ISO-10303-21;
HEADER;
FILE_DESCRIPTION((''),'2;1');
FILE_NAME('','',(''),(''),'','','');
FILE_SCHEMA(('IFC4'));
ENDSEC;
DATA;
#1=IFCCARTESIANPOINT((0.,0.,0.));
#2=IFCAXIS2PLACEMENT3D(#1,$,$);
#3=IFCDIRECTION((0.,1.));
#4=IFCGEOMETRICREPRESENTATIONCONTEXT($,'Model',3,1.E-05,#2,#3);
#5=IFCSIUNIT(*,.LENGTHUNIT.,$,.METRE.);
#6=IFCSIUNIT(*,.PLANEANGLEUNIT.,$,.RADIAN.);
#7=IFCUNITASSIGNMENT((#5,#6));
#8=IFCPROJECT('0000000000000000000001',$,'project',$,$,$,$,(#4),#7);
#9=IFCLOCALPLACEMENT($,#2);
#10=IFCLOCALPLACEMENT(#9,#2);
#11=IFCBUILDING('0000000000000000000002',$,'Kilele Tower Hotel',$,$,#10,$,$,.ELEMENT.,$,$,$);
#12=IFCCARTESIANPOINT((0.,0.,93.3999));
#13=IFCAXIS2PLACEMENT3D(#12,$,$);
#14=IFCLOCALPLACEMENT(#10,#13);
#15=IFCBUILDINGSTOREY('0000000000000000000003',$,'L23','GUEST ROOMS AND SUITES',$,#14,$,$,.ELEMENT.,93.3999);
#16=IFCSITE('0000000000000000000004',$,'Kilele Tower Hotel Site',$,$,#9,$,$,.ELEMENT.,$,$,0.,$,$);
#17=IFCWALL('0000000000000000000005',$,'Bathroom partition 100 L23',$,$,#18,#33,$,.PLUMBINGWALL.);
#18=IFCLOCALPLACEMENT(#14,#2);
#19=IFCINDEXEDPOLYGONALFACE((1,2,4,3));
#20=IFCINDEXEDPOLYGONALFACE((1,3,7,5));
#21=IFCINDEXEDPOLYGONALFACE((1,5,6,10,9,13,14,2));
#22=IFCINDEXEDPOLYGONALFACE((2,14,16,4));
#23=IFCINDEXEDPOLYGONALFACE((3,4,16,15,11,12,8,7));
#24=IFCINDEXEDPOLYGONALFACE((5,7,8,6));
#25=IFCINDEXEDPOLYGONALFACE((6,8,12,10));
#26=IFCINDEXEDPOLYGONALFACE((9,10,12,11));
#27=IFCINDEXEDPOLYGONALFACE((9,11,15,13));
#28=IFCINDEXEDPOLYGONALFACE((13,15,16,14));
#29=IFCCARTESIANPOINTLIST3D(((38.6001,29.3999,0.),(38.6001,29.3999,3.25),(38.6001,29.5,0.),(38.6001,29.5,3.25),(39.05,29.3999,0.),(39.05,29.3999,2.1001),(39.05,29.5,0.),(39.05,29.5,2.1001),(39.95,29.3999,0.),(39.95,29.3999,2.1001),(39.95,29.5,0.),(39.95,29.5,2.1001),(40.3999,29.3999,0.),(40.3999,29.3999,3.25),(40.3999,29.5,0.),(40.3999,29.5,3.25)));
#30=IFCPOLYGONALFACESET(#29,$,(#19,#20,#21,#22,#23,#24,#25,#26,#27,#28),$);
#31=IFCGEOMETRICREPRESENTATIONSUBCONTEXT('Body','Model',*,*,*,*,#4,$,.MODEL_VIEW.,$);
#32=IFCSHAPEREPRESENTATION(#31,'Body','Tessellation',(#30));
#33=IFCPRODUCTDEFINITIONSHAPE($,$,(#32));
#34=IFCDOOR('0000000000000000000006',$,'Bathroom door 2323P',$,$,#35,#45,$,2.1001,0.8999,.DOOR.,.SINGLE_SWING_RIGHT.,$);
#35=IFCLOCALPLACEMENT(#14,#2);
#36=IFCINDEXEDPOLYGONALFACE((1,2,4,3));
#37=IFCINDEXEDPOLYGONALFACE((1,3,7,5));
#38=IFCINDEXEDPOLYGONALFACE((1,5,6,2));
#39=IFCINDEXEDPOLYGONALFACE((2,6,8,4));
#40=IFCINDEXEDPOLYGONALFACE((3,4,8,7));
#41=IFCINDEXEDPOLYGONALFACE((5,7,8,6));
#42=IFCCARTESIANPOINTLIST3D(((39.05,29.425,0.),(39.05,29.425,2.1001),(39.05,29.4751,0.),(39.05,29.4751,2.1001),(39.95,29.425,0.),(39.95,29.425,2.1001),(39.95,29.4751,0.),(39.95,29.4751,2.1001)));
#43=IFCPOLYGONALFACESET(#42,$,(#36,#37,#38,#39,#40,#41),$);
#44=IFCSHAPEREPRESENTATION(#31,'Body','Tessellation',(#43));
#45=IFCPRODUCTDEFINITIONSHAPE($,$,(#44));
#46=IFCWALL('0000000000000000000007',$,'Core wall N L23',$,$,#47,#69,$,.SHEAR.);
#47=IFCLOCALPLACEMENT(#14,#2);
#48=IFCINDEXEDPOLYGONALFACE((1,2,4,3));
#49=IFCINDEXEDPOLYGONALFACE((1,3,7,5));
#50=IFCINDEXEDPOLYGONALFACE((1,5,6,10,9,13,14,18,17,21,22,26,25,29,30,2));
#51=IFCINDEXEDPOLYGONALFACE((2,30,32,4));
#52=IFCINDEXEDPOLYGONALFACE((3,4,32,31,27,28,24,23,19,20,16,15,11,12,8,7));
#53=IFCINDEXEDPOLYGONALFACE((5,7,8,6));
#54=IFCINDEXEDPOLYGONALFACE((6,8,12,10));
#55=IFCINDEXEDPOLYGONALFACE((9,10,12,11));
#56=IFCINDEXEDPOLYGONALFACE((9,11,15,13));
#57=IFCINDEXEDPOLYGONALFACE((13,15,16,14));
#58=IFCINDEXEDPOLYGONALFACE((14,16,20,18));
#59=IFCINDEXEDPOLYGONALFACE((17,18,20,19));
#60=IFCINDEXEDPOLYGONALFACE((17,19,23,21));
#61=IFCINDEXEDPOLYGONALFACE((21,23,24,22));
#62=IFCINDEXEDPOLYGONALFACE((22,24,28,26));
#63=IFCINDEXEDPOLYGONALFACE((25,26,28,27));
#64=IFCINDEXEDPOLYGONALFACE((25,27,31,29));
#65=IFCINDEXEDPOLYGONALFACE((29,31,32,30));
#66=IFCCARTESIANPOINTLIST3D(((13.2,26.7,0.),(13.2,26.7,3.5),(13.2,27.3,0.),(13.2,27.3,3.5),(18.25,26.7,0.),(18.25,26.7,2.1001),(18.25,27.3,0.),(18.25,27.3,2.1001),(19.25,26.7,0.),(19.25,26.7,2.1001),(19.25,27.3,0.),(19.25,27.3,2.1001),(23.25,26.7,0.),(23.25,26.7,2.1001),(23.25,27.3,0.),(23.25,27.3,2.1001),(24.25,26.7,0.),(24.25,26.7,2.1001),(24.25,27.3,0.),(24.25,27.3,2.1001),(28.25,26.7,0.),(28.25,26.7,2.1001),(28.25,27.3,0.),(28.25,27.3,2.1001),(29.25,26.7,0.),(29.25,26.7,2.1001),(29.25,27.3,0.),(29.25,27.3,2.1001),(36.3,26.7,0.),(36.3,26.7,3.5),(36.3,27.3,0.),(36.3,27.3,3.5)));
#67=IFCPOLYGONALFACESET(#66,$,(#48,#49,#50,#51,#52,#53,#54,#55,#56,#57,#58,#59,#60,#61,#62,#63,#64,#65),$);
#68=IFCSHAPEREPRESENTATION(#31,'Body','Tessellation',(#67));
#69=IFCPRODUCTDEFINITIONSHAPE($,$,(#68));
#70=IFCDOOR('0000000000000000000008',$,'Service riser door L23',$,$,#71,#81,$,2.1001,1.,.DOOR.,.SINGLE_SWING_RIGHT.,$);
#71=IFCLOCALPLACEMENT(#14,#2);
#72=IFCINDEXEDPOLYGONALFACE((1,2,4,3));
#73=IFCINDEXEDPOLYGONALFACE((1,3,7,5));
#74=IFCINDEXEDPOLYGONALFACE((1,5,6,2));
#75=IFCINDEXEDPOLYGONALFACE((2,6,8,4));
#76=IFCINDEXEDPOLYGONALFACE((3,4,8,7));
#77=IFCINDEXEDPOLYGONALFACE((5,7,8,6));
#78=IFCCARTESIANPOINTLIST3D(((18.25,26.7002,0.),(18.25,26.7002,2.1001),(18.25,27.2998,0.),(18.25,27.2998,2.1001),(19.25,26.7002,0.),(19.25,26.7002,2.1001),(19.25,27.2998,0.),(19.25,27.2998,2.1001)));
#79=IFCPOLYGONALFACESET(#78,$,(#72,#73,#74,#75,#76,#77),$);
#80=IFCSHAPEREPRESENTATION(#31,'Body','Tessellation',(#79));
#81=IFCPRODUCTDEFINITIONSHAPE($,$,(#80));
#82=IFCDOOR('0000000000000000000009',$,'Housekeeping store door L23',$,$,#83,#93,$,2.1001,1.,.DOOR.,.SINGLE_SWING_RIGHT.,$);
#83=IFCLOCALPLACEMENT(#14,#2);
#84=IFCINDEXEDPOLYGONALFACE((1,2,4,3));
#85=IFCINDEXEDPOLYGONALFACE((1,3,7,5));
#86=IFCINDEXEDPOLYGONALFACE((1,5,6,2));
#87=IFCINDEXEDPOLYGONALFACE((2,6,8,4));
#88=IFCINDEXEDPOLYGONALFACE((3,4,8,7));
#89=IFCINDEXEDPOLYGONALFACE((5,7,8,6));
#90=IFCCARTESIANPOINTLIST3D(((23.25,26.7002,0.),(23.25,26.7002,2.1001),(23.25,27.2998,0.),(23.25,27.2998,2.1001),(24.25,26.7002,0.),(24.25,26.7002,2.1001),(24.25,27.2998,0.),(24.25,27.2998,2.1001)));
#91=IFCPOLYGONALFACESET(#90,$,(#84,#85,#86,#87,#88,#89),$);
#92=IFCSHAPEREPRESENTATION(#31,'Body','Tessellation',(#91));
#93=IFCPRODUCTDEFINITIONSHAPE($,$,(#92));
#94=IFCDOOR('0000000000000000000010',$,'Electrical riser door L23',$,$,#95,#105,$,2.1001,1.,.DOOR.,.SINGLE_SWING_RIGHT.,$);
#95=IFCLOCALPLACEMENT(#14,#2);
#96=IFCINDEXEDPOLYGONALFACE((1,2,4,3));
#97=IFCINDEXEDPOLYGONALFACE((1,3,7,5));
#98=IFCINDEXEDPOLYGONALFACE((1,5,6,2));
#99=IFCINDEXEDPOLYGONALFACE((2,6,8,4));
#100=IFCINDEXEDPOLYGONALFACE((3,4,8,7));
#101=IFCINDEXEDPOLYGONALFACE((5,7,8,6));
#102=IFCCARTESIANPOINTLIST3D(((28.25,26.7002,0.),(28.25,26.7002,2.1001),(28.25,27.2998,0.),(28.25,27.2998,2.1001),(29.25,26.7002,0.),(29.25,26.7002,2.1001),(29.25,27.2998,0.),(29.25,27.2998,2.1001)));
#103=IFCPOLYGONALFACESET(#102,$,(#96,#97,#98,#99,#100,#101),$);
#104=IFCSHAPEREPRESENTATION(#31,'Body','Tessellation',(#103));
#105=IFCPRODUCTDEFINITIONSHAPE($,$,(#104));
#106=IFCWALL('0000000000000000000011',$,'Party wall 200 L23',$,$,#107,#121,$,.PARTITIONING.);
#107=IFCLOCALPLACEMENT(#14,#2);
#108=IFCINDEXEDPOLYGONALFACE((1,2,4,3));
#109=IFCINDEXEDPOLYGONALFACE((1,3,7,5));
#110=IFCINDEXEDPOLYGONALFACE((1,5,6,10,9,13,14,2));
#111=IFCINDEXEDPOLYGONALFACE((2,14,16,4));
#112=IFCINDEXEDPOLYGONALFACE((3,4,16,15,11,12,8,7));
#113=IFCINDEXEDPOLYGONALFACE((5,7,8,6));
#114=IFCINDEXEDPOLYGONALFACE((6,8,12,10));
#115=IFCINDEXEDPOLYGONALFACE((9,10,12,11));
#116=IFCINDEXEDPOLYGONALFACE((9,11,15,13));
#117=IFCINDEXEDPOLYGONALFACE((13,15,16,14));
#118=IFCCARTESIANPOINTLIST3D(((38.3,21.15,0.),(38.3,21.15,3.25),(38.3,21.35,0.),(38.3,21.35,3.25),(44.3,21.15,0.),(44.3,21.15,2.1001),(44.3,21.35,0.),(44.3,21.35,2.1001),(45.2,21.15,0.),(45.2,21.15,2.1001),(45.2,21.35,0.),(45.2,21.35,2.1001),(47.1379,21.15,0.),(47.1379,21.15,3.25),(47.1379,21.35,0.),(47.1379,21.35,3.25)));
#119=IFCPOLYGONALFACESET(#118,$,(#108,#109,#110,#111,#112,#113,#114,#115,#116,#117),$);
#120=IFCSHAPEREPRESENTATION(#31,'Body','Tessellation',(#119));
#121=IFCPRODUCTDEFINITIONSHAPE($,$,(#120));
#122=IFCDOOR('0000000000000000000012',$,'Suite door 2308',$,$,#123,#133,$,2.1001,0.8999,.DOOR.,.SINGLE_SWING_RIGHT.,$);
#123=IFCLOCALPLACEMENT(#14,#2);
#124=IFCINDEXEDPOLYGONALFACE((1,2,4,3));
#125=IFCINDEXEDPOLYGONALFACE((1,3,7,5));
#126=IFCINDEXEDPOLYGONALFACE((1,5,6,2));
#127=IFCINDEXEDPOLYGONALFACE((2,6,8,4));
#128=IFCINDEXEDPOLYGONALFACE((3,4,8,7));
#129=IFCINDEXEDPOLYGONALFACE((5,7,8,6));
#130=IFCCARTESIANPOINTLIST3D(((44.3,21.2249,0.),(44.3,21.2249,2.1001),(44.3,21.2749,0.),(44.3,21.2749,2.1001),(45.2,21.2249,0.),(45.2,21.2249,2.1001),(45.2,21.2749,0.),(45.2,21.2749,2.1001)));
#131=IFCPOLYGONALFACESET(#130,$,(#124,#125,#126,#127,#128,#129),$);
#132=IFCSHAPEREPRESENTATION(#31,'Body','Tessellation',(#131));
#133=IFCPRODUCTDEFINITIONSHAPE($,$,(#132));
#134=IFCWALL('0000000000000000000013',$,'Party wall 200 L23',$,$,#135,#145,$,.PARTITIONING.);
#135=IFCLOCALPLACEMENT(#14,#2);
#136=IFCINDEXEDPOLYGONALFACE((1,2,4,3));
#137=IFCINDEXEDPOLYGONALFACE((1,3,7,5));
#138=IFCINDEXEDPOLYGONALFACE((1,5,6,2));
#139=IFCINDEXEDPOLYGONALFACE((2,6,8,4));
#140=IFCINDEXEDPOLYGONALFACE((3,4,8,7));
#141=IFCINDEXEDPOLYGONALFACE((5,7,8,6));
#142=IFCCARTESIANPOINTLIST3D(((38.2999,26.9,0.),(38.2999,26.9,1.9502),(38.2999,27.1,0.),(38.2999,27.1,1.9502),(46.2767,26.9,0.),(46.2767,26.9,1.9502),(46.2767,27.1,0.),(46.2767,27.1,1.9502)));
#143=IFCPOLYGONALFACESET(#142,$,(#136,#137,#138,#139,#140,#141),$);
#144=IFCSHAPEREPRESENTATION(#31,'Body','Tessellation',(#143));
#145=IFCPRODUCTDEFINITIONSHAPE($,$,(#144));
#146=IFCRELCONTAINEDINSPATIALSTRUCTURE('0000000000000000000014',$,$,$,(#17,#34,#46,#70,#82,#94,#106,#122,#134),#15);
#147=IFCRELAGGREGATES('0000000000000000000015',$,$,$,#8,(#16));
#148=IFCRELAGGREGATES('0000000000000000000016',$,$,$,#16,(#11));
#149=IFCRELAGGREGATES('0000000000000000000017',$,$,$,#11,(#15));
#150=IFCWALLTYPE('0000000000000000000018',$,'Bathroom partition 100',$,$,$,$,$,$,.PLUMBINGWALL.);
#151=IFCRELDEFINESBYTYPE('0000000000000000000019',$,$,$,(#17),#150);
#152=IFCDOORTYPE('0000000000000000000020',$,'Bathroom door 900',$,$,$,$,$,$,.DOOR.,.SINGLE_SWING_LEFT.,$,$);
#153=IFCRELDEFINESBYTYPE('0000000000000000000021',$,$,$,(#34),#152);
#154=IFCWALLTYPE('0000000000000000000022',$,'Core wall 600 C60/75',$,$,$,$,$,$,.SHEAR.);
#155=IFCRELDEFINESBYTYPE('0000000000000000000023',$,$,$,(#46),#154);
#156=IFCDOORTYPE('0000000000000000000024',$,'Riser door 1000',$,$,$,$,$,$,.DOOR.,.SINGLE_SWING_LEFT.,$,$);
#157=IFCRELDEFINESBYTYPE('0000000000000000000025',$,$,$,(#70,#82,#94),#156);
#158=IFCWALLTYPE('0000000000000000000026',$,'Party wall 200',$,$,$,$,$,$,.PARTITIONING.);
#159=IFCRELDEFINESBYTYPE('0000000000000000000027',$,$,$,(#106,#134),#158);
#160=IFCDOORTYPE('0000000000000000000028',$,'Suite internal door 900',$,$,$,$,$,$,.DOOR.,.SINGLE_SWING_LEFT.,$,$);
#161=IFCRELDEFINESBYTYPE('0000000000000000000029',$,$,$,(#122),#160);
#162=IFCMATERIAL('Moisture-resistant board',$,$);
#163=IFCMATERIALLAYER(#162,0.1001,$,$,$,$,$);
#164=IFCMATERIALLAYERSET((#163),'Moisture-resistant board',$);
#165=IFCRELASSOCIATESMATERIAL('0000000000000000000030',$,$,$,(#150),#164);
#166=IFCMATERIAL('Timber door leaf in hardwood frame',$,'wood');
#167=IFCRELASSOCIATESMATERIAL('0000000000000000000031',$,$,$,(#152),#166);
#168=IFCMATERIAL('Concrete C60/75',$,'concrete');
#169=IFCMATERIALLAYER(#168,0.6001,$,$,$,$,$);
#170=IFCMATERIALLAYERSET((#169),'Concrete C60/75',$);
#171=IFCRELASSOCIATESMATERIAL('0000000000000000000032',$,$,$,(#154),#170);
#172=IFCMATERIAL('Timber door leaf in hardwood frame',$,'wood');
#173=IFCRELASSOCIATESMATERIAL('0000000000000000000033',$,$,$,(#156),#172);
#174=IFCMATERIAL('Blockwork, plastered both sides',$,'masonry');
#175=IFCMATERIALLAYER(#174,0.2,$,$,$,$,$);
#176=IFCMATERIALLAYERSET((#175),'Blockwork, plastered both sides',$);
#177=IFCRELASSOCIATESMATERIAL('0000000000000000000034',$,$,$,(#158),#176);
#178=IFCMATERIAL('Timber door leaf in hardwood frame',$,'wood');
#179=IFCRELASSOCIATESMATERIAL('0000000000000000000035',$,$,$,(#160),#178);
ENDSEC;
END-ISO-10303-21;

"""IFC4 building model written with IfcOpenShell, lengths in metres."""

from ifc_helpers import new_model, si_unit, direction, frame, frame_2d, origin, place, context, subcontext, project, spatial, rectangle, extrude, material, layer, layer_set, type_object, element, fill, save


model = new_model("IFC4")

# Units and contexts
model_context = context("Model", 3, precision=1e-05, world=origin(), true_north=direction((0.0, 1.0)))
body_context = subcontext(model_context, "Body", "Model", "MODEL_VIEW")
ifc_project = project(units=[si_unit("LENGTHUNIT", "METRE"), si_unit("PLANEANGLEUNIT", "RADIAN")], contexts=[model_context])

# Site, building, storey
site_placement = place(None, origin())
site = spatial("IfcSite", under=ifc_project, at=site_placement, Name="Kilele Tower Hotel Site", CompositionType="ELEMENT", RefElevation=0.0)
building_placement = place(site_placement, origin())
building = spatial("IfcBuilding", under=site, at=building_placement, Name="Kilele Tower Hotel", CompositionType="ELEMENT")
storey_placement = place(building_placement, frame((0.0, 0.0, 93.3999)))
storey = spatial("IfcBuildingStorey", under=building, at=storey_placement, Name="L23", Description="GUEST ROOMS AND SUITES", CompositionType="ELEMENT", Elevation=93.3999)

# Shared definitions
ifc_material_1 = material(Name="Moisture-resistant board")
ifc_layer_1 = layer(ifc_material_1, 0.1001)
ifc_layer_set_1 = layer_set([ifc_layer_1], Name="Moisture-resistant board")
wall_type_1 = type_object("IfcWallType", Name="Bathroom partition 100", PredefinedType="PLUMBINGWALL", material=ifc_layer_set_1)

# Shared definitions
ifc_material_2 = material(Name="Timber door leaf in hardwood frame", Category="wood")
door_type_1 = type_object("IfcDoorType", Name="Bathroom door 900", OperationType="SINGLE_SWING_LEFT", PredefinedType="DOOR", material=ifc_material_2)

# Wall, opening, door
wall_1_placement = place(storey_placement, frame((38.6001, 29.45, 0.0), z_axis=(0.0, 0.0, 1.0), x_axis=(1.0, 0.0, 0.0)))
wall_1 = element("IfcWall", 1, at=wall_1_placement, inside=storey, type_object=wall_type_1, Name="Bathroom partition 100 L23", PredefinedType="PLUMBINGWALL", context=body_context, shape_type="SweptSolid", body=[
    extrude(rectangle(XDim=1.7998, YDim=0.1001, at=frame_2d((0.8999, 0.0))), origin(), (0.0, 0.0, 1.0), 3.25),
])
opening_1_placement = place(wall_1_placement, frame((1.3499, 0.0, 0.0), z_axis=(0.0, 0.0, 1.0), x_axis=(-1.0, 0.0, 0.0)))
opening_1 = element("IfcOpeningElement", 2, at=opening_1_placement, cuts=wall_1, PredefinedType="OPENING", context=body_context, shape_type="SweptSolid", body=[
    extrude(rectangle(XDim=0.8999, YDim=2.1001, at=frame_2d((0.45, 1.05))), frame((0.0, 0.0601, 0.0), z_axis=(0.0, -1.0, 0.0), x_axis=(1.0, 0.0, 0.0)), (0.0, 0.0, 1.0), 0.1201),
])
door_1_placement = place(opening_1_placement, origin())
door_1 = element("IfcDoor", 3, at=door_1_placement, inside=storey, type_object=door_type_1, Name="Bathroom door 2323P", OperationType="SINGLE_SWING_RIGHT", OverallHeight=2.1001, OverallWidth=0.8999, PredefinedType="DOOR", context=body_context, shape_type="SweptSolid", body=[
    extrude(rectangle(XDim=0.8999, YDim=2.1001, at=frame_2d((0.45, 1.05))), frame((0.0, 0.0249, 0.0), z_axis=(0.0, -1.0, 0.0), x_axis=(1.0, 0.0, 0.0)), (0.0, 0.0, 1.0), 0.05),
])
fill(opening_1, door_1)

# Wall, openings, doors
ifc_material_3 = material(Name="Concrete C60/75", Category="concrete")
ifc_layer_2 = layer(ifc_material_3, 0.6001)
ifc_layer_set_2 = layer_set([ifc_layer_2], Name="Concrete C60/75")
wall_type_2 = type_object("IfcWallType", Name="Core wall 600 C60/75", PredefinedType="SHEAR", material=ifc_layer_set_2)
wall_2_placement = place(storey_placement, frame((36.3, 27.0, 0.0), z_axis=(0.0, 0.0, 1.0), x_axis=(-1.0, 0.0, 0.0)))
wall_2 = element("IfcWall", 4, at=wall_2_placement, inside=storey, type_object=wall_type_2, Name="Core wall N L23", PredefinedType="SHEAR", context=body_context, shape_type="SweptSolid", body=[
    extrude(rectangle(XDim=23.1001, YDim=0.6001, at=frame_2d((11.55, 0.0))), origin(), (0.0, 0.0, 1.0), 3.5),
])
opening_2_placement = place(wall_2_placement, frame((17.05, 0.0, 0.0)))
opening_2 = element("IfcOpeningElement", 5, at=opening_2_placement, cuts=wall_2, PredefinedType="OPENING", context=body_context, shape_type="SweptSolid", body=[
    extrude(rectangle(XDim=1.0, YDim=2.1001, at=frame_2d((0.5, 1.05))), frame((0.0, 0.3101, 0.0), z_axis=(0.0, -1.0, 0.0), x_axis=(1.0, 0.0, 0.0)), (0.0, 0.0, 1.0), 0.6201),
])
opening_3_placement = place(wall_2_placement, frame((12.05, 0.0, 0.0)))
opening_3 = element("IfcOpeningElement", 6, at=opening_3_placement, cuts=wall_2, PredefinedType="OPENING", context=body_context, shape_type="SweptSolid", body=[
    extrude(rectangle(XDim=1.0, YDim=2.1001, at=frame_2d((0.5, 1.05))), frame((0.0, 0.3101, 0.0), z_axis=(0.0, -1.0, 0.0), x_axis=(1.0, 0.0, 0.0)), (0.0, 0.0, 1.0), 0.6201),
])
opening_4_placement = place(wall_2_placement, frame((7.05, 0.0, 0.0)))
opening_4 = element("IfcOpeningElement", 7, at=opening_4_placement, cuts=wall_2, PredefinedType="OPENING", context=body_context, shape_type="SweptSolid", body=[
    extrude(rectangle(XDim=1.0, YDim=2.1001, at=frame_2d((0.5, 1.05))), frame((0.0, 0.3101, 0.0), z_axis=(0.0, -1.0, 0.0), x_axis=(1.0, 0.0, 0.0)), (0.0, 0.0, 1.0), 0.6201),
])
ifc_material_4 = material(Name="Timber door leaf in hardwood frame", Category="wood")
door_type_2 = type_object("IfcDoorType", Name="Riser door 1000", OperationType="SINGLE_SWING_LEFT", PredefinedType="DOOR", material=ifc_material_4)
door_2_placement = place(opening_2_placement, origin())
door_2 = element("IfcDoor", 8, at=door_2_placement, inside=storey, type_object=door_type_2, Name="Service riser door L23", OperationType="SINGLE_SWING_RIGHT", OverallHeight=2.1001, OverallWidth=1.0, PredefinedType="DOOR", context=body_context, shape_type="SweptSolid", body=[
    extrude(rectangle(XDim=1.0, YDim=2.1001, at=frame_2d((0.5, 1.05))), frame((0.0, 0.2998, 0.0), z_axis=(0.0, -1.0, 0.0), x_axis=(1.0, 0.0, 0.0)), (0.0, 0.0, 1.0), 0.5996),
])
fill(opening_2, door_2)
door_3_placement = place(opening_3_placement, origin())
door_3 = element("IfcDoor", 9, at=door_3_placement, inside=storey, type_object=door_type_2, Name="Housekeeping store door L23", OperationType="SINGLE_SWING_RIGHT", OverallHeight=2.1001, OverallWidth=1.0, PredefinedType="DOOR", context=body_context, shape_type="SweptSolid", body=[
    extrude(rectangle(XDim=1.0, YDim=2.1001, at=frame_2d((0.5, 1.05))), frame((0.0, 0.2998, 0.0), z_axis=(0.0, -1.0, 0.0), x_axis=(1.0, 0.0, 0.0)), (0.0, 0.0, 1.0), 0.5996),
])
fill(opening_3, door_3)
door_4_placement = place(opening_4_placement, origin())
door_4 = element("IfcDoor", 10, at=door_4_placement, inside=storey, type_object=door_type_2, Name="Electrical riser door L23", OperationType="SINGLE_SWING_RIGHT", OverallHeight=2.1001, OverallWidth=1.0, PredefinedType="DOOR", context=body_context, shape_type="SweptSolid", body=[
    extrude(rectangle(XDim=1.0, YDim=2.1001, at=frame_2d((0.5, 1.05))), frame((0.0, 0.2998, 0.0), z_axis=(0.0, -1.0, 0.0), x_axis=(1.0, 0.0, 0.0)), (0.0, 0.0, 1.0), 0.5996),
])
fill(opening_4, door_4)

# Wall, opening, door
ifc_material_5 = material(Name="Blockwork, plastered both sides", Category="masonry")
ifc_layer_3 = layer(ifc_material_5, 0.2)
ifc_layer_set_3 = layer_set([ifc_layer_3], Name="Blockwork, plastered both sides")
wall_type_3 = type_object("IfcWallType", Name="Party wall 200", PredefinedType="PARTITIONING", material=ifc_layer_set_3)
wall_3_placement = place(storey_placement, frame((38.3, 21.25, 0.0), z_axis=(0.0, 0.0, 1.0), x_axis=(1.0, 0.0, 0.0)))
wall_3 = element("IfcWall", 11, at=wall_3_placement, inside=storey, type_object=wall_type_3, Name="Party wall 200 L23", PredefinedType="PARTITIONING", context=body_context, shape_type="SweptSolid", body=[
    extrude(rectangle(XDim=8.8379, YDim=0.2, at=frame_2d((4.4189, 0.0))), origin(), (0.0, 0.0, 1.0), 3.25),
])
opening_5_placement = place(wall_3_placement, frame((6.0, 0.0, 0.0)))
opening_5 = element("IfcOpeningElement", 12, at=opening_5_placement, cuts=wall_3, PredefinedType="OPENING", context=body_context, shape_type="SweptSolid", body=[
    extrude(rectangle(XDim=0.8999, YDim=2.1001, at=frame_2d((0.45, 1.05))), frame((0.0, 0.1099, 0.0), z_axis=(0.0, -1.0, 0.0), x_axis=(1.0, 0.0, 0.0)), (0.0, 0.0, 1.0), 0.22),
])
ifc_material_6 = material(Name="Timber door leaf in hardwood frame", Category="wood")
door_type_3 = type_object("IfcDoorType", Name="Suite internal door 900", OperationType="SINGLE_SWING_LEFT", PredefinedType="DOOR", material=ifc_material_6)
door_5_placement = place(opening_5_placement, origin())
door_5 = element("IfcDoor", 13, at=door_5_placement, inside=storey, type_object=door_type_3, Name="Suite door 2308", OperationType="SINGLE_SWING_RIGHT", OverallHeight=2.1001, OverallWidth=0.8999, PredefinedType="DOOR", context=body_context, shape_type="SweptSolid", body=[
    extrude(rectangle(XDim=0.8999, YDim=2.1001, at=frame_2d((0.45, 1.05))), frame((0.0, 0.0249, 0.0), z_axis=(0.0, -1.0, 0.0), x_axis=(1.0, 0.0, 0.0)), (0.0, 0.0, 1.0), 0.05),
])
fill(opening_5, door_5)

# Wall
wall_4_placement = place(storey_placement, frame((38.3, 27.0, 0.0), z_axis=(0.0, 0.0, 1.0), x_axis=(1.0, 0.0, 0.0)))
element("IfcWall", 14, at=wall_4_placement, inside=storey, type_object=wall_type_3, Name="Party wall 200 L23", PredefinedType="PARTITIONING", context=body_context, shape_type="SweptSolid", body=[
    extrude(rectangle(XDim=7.9768, YDim=0.2, at=frame_2d((3.9883, 0.0))), origin(), (0.0, 0.0, 1.0), 1.9502),
])

save(model, "model.ifc")
